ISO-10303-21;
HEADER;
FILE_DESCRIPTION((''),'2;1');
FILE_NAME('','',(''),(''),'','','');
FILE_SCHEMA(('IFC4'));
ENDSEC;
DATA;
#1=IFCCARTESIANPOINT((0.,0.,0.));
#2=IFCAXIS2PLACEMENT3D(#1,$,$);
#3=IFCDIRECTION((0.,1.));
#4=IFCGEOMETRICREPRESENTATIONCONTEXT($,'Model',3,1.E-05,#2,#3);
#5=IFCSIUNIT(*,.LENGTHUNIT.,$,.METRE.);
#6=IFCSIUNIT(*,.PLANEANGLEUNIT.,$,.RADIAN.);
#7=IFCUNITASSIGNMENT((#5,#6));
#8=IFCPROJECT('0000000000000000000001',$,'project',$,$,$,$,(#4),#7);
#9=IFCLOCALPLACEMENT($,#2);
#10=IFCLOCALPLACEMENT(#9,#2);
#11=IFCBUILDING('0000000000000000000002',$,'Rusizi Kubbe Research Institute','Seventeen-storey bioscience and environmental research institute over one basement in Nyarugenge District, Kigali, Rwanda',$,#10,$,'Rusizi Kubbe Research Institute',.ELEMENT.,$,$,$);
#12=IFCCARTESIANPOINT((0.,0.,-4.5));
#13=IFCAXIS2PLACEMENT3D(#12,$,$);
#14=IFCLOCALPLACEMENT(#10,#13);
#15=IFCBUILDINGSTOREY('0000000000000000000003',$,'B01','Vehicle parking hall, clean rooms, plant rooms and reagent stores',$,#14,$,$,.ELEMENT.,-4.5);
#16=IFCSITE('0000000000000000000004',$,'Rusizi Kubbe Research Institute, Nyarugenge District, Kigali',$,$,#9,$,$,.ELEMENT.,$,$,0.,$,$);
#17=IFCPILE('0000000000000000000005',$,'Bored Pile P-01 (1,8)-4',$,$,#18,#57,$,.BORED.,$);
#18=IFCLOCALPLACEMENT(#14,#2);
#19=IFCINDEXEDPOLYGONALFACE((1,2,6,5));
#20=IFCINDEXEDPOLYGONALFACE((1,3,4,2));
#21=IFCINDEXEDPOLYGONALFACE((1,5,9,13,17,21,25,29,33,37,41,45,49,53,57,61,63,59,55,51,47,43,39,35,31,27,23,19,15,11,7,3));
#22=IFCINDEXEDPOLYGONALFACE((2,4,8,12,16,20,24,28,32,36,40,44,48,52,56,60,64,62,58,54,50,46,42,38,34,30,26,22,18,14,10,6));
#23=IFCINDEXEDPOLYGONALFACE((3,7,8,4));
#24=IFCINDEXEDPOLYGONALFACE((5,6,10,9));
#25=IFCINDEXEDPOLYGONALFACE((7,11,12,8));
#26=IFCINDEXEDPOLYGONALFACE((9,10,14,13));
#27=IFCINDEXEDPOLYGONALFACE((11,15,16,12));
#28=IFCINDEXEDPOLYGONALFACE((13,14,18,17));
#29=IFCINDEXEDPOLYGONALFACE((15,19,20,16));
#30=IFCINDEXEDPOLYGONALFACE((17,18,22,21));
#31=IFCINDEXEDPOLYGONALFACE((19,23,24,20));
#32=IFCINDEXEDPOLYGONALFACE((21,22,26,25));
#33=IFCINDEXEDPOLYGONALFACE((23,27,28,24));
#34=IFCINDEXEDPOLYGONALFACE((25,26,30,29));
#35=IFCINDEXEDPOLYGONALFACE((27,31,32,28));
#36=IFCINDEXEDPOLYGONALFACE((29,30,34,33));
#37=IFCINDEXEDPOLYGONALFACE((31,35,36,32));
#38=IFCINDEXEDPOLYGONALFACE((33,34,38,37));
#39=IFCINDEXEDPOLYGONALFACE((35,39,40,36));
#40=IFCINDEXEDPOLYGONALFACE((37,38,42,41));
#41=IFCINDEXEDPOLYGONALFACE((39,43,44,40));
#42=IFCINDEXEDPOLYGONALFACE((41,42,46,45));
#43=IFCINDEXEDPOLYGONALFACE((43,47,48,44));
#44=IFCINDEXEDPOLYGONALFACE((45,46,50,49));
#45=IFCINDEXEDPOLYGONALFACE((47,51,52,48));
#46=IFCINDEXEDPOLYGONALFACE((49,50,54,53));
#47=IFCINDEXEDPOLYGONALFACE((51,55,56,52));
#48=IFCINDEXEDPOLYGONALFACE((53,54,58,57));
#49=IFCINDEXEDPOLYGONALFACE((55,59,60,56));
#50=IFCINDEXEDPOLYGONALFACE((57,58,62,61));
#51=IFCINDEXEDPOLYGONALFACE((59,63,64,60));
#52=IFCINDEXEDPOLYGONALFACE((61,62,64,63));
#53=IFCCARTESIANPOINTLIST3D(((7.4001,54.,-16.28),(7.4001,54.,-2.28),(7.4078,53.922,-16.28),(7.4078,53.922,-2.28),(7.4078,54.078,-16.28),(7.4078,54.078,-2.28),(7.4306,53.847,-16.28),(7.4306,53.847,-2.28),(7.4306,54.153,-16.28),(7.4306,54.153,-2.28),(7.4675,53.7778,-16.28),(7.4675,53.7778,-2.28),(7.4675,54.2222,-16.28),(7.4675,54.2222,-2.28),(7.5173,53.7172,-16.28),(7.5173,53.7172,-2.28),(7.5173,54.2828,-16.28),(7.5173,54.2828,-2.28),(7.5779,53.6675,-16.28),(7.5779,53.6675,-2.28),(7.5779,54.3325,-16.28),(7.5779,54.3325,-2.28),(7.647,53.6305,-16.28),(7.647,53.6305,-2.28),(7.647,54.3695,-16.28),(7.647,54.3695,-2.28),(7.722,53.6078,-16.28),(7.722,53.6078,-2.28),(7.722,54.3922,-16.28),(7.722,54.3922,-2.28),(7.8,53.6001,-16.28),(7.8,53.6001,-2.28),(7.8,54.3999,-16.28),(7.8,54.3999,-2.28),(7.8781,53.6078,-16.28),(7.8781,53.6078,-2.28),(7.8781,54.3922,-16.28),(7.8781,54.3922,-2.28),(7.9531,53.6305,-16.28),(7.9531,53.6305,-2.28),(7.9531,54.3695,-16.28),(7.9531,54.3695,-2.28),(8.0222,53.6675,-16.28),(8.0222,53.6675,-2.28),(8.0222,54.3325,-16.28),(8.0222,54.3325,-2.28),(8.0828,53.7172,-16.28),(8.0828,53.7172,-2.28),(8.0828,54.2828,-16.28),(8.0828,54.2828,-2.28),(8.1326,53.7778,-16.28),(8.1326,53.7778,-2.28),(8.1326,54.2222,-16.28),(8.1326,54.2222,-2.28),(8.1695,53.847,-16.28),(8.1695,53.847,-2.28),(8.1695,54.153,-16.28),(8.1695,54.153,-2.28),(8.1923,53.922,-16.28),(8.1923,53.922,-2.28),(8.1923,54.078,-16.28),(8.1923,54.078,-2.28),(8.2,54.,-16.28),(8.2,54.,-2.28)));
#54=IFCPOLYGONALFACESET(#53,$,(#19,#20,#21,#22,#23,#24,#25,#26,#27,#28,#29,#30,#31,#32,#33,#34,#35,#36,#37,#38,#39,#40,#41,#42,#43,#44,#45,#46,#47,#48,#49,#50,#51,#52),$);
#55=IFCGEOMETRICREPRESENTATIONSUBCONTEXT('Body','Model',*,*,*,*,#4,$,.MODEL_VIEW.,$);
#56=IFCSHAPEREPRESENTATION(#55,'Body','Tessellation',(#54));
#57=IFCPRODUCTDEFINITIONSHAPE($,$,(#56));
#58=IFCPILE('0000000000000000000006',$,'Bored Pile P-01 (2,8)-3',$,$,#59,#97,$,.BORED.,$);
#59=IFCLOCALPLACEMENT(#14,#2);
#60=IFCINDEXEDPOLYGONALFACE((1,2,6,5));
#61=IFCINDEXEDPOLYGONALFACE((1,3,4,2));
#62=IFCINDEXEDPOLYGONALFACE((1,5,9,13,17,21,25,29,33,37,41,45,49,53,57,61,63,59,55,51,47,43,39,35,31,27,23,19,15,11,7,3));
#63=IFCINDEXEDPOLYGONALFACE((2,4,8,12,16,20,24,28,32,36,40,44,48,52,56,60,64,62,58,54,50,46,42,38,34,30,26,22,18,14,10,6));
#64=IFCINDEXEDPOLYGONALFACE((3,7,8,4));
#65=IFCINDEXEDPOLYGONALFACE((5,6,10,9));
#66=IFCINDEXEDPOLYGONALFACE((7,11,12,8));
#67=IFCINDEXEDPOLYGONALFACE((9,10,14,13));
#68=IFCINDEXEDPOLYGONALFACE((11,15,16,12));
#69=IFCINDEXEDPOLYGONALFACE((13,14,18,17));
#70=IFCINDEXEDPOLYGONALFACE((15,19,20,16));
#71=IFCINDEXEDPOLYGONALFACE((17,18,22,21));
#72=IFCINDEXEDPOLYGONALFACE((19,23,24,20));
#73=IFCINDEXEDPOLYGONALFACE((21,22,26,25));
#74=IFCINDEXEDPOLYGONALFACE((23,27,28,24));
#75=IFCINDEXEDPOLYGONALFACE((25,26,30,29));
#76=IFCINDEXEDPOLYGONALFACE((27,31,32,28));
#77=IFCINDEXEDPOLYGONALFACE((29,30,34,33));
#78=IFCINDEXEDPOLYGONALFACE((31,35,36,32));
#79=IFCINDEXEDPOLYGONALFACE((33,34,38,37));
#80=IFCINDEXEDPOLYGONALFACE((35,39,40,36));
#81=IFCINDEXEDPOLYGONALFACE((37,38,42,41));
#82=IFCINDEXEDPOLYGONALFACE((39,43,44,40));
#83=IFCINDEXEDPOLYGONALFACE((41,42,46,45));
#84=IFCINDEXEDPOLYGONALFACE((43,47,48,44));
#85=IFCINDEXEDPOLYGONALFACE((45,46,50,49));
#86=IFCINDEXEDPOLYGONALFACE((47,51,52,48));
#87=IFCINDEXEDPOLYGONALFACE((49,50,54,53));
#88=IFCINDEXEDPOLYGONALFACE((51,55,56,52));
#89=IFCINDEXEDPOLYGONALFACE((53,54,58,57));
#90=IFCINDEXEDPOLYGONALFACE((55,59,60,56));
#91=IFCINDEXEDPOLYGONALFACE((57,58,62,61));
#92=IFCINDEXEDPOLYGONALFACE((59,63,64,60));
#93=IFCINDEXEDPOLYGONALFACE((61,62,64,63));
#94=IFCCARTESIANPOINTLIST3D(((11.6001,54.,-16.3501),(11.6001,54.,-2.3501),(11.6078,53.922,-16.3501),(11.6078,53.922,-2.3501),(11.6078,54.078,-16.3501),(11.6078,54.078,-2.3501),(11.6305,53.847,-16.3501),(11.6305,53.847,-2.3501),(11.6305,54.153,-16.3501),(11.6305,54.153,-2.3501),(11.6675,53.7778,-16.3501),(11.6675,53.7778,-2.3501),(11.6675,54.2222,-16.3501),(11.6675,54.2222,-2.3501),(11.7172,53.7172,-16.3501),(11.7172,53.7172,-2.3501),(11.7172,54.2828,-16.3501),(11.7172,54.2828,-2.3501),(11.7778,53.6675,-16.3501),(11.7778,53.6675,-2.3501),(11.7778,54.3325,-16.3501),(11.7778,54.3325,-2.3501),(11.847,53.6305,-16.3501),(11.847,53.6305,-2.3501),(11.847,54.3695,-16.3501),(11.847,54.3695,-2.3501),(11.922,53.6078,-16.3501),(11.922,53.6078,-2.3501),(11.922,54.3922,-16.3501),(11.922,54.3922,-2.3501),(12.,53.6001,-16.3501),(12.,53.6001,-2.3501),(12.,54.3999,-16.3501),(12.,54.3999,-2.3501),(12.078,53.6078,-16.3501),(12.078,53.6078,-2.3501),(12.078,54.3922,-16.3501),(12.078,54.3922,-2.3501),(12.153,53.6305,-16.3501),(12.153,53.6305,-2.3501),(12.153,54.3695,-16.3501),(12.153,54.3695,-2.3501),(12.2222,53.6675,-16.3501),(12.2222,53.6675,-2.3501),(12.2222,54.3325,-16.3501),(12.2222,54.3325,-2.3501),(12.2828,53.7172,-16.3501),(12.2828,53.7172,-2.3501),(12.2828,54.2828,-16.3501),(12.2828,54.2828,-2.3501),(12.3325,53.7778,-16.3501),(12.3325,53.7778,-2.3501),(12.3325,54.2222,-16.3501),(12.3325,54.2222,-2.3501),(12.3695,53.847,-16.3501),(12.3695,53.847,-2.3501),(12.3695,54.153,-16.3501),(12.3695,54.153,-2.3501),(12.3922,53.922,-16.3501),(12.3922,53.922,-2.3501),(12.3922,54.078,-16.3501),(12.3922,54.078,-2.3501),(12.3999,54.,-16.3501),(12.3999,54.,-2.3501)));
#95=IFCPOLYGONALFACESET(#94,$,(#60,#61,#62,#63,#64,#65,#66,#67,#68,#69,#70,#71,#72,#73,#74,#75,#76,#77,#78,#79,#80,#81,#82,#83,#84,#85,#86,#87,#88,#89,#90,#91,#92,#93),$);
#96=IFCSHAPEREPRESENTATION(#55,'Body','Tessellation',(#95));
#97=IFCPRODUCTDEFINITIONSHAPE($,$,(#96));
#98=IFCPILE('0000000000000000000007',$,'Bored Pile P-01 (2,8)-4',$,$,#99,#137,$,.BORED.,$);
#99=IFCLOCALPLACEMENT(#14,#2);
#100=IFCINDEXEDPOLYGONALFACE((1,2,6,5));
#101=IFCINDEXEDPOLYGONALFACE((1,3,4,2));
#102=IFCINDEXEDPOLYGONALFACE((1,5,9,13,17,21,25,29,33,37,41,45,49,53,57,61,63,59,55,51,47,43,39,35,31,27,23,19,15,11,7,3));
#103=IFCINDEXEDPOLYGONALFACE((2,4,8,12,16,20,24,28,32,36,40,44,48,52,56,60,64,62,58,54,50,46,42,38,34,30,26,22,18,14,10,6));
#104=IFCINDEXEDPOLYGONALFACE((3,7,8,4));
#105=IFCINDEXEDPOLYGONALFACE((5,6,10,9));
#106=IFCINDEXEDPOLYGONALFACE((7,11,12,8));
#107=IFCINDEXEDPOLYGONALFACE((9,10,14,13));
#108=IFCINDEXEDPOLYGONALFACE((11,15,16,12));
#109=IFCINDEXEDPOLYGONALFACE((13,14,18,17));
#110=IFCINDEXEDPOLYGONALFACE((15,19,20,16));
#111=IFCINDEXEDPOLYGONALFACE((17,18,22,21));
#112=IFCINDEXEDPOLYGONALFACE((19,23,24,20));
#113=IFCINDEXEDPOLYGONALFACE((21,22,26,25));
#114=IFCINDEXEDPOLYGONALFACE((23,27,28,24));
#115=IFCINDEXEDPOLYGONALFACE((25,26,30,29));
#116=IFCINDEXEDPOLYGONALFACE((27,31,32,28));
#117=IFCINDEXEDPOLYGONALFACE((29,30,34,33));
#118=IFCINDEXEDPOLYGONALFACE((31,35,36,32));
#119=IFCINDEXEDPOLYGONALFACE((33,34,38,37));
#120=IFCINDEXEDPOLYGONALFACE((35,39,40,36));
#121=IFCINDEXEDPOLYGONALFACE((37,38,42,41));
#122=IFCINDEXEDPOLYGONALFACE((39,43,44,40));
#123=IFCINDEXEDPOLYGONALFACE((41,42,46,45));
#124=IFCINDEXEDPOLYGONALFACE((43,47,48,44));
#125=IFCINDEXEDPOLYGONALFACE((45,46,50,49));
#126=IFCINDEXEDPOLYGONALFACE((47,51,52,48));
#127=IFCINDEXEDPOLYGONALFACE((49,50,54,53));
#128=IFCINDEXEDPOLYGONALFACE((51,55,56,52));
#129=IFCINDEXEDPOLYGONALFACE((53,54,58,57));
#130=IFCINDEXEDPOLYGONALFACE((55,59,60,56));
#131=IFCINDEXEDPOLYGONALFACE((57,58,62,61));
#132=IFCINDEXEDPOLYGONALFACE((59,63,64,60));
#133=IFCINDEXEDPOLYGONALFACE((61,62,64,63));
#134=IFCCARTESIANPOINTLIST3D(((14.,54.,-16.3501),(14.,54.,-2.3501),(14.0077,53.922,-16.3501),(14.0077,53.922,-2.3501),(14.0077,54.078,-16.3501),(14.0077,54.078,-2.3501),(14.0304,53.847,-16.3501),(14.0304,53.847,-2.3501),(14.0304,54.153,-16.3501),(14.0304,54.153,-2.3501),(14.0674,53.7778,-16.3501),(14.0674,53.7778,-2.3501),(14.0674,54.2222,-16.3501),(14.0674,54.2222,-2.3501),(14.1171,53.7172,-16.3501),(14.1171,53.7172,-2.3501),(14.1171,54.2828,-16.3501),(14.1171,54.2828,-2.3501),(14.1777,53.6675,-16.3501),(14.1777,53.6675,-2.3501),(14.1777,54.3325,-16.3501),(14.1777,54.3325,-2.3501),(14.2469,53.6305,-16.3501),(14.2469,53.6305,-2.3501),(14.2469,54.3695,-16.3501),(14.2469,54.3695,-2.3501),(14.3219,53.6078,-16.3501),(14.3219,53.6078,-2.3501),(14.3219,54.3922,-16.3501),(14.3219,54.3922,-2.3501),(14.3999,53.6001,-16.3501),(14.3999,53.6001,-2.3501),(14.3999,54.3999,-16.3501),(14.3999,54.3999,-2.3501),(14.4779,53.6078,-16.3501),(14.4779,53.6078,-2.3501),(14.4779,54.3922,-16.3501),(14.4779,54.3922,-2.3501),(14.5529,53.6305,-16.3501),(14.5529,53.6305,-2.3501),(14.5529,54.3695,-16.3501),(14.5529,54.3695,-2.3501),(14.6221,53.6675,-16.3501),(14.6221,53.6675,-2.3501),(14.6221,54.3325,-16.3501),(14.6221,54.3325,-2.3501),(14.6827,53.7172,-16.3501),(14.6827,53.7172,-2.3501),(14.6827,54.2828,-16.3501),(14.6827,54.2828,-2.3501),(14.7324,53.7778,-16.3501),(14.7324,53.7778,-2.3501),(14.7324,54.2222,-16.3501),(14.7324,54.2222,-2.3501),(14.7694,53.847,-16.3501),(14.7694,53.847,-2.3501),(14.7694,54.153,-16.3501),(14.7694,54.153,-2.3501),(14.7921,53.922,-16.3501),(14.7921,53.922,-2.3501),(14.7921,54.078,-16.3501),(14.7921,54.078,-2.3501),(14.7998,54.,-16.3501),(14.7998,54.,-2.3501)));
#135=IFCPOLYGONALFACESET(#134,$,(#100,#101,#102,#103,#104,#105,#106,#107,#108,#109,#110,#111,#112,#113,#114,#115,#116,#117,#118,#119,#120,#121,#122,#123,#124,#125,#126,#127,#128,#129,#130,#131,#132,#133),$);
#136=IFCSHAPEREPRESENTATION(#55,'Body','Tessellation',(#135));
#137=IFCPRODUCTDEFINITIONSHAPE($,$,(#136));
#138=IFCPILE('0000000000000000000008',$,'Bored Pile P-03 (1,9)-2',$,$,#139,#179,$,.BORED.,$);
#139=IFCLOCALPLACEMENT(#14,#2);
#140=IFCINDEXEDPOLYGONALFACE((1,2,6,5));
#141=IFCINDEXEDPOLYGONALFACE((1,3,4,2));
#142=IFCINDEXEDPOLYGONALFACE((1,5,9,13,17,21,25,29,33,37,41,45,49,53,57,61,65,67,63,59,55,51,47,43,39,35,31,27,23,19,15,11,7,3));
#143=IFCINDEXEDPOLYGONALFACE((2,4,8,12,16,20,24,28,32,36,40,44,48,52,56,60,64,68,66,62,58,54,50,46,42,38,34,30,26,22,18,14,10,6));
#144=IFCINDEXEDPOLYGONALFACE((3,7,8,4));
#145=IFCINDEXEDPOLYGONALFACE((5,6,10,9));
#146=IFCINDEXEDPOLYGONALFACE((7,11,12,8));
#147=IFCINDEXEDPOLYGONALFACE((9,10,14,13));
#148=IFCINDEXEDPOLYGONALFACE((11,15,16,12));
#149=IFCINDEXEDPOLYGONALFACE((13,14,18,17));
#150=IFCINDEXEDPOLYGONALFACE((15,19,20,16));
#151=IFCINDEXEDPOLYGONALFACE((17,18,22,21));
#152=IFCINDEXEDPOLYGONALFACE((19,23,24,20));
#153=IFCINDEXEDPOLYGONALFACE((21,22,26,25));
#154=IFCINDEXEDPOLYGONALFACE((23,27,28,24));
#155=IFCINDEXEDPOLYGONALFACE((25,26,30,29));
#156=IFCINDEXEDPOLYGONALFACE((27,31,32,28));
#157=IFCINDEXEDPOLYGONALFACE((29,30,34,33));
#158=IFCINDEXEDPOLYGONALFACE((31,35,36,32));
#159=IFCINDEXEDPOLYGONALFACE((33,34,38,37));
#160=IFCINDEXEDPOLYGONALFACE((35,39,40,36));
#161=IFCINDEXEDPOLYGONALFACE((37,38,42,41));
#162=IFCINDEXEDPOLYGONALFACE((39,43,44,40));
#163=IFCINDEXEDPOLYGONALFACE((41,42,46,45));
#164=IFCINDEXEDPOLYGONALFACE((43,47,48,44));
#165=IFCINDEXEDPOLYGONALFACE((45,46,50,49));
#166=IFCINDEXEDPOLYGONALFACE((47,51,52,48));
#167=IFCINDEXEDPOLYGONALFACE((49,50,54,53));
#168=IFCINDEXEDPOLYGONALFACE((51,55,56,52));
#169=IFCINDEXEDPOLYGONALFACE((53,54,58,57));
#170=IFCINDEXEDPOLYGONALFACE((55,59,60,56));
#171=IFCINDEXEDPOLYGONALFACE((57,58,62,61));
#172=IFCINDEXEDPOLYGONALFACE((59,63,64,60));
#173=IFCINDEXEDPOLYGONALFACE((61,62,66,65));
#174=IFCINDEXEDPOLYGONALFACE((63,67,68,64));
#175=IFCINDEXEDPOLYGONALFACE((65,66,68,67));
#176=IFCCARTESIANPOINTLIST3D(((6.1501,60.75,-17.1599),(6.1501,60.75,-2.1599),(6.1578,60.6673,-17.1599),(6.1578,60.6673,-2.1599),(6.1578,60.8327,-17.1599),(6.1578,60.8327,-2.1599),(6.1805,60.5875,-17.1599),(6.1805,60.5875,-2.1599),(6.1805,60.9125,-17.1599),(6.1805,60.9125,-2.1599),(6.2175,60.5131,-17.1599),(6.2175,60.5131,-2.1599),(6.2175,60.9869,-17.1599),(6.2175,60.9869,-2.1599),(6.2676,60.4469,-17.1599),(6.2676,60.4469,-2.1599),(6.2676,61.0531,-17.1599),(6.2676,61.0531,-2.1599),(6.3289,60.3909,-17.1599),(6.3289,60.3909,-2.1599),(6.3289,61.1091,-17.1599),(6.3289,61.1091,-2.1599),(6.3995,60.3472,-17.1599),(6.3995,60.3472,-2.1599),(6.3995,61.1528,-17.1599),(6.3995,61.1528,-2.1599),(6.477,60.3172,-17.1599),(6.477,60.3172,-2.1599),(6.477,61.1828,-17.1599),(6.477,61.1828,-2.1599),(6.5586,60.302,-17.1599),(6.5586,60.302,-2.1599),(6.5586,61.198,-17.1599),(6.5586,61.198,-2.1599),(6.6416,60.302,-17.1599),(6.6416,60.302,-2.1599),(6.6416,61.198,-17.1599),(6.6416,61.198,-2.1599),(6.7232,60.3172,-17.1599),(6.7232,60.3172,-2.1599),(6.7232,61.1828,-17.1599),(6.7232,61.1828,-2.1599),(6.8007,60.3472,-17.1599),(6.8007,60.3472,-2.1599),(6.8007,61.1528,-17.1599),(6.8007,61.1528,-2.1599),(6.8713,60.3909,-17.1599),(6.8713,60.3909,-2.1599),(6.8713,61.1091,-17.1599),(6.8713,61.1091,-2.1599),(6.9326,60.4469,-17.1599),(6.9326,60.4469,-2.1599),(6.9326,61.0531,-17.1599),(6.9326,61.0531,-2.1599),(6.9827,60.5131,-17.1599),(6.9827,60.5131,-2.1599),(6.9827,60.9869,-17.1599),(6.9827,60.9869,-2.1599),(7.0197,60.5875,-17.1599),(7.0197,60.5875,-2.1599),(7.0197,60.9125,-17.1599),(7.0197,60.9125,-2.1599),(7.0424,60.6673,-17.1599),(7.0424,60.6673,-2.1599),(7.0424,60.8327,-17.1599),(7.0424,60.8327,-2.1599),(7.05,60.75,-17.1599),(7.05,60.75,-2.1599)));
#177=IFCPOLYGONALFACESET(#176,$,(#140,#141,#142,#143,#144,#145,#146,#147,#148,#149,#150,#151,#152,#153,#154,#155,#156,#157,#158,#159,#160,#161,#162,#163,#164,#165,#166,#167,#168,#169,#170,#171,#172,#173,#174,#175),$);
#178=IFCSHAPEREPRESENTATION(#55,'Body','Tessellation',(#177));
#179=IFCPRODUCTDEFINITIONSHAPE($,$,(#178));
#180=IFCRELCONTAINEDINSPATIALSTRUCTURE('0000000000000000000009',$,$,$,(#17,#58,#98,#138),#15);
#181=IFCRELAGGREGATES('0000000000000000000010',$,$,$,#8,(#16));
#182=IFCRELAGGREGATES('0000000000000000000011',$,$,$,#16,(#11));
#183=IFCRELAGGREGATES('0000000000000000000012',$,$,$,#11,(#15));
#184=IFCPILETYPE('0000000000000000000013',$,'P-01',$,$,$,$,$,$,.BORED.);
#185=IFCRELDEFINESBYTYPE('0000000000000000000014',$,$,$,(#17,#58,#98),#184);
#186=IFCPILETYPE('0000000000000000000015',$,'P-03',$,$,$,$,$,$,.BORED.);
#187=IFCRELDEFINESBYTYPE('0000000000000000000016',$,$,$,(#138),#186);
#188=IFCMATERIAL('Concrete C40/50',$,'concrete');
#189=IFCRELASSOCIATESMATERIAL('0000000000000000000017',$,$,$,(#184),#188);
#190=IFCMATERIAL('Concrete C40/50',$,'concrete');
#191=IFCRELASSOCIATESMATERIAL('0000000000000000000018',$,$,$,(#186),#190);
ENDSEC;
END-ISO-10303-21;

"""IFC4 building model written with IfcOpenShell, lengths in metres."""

from ifc_helpers import new_model, si_unit, direction, frame, origin, origin_2d, place, context, subcontext, project, spatial, circle, extrude, material, material_profile, profile_set, type_object, element, save


model = new_model("IFC4")

# Units and contexts
model_context = context("Model", 3, precision=1e-05, world=origin(), true_north=direction((0.0, 1.0)))
body_context = subcontext(model_context, "Body", "Model", "MODEL_VIEW")
ifc_project = project(units=[si_unit("LENGTHUNIT", "METRE"), si_unit("PLANEANGLEUNIT", "RADIAN")], contexts=[model_context])

# Site, building, storey
site_placement = place(None, origin())
site = spatial("IfcSite", under=ifc_project, at=site_placement, Name="Rusizi Kubbe Research Institute, Nyarugenge District, Kigali", CompositionType="ELEMENT", RefElevation=0.0)
building_placement = place(site_placement, origin())
building = spatial("IfcBuilding", under=site, at=building_placement, Name="Rusizi Kubbe Research Institute", Description="Seventeen-storey bioscience and environmental research institute over one basement in Nyarugenge District, Kigali, Rwanda", LongName="Rusizi Kubbe Research Institute", CompositionType="ELEMENT")
storey_placement = place(building_placement, frame((0.0, 0.0, -4.5)))
storey = spatial("IfcBuildingStorey", under=building, at=storey_placement, Name="B01", Description="Vehicle parking hall, clean rooms, plant rooms and reagent stores", CompositionType="ELEMENT", Elevation=-4.5)

# Piles
ifc_material_1 = material(Name="Concrete C40/50", Category="concrete")
ifc_material_profile_1 = material_profile(ifc_material_1, circle(Radius=0.3999, at=origin_2d()), Name="PILE-D800")
ifc_profile_set_1 = profile_set([ifc_material_profile_1], Name="Concrete C40/50")
pile_type_1 = type_object("IfcPileType", Name="P-01", PredefinedType="BORED", material=ifc_profile_set_1)
for number, where, z_axis, x_axis, name in (
    (1, (7.8, 54.0, -2.28), (0.0, 0.0, -1.0), (1.0, 0.0, 0.0), "Bored Pile P-01 (1,8)-4"),
    (2, (12.0, 54.0, -2.3501), (0.0, 0.0, -1.0), (1.0, 0.0, 0.0), "Bored Pile P-01 (2,8)-3"),
    (3, (14.3999, 54.0, -2.3501), (0.0, 0.0, -1.0), (1.0, 0.0, 0.0), "Bored Pile P-01 (2,8)-4"),
):
    element("IfcPile", number, at=place(storey_placement, frame(where, z_axis=z_axis, x_axis=x_axis)), inside=storey, type_object=pile_type_1, Name=name, PredefinedType="BORED", context=body_context, shape_type="SweptSolid", body=[
        extrude(circle(Radius=0.3999, at=origin_2d()), origin(), (0.0, 0.0, 1.0), 14.0),
    ])
ifc_material_2 = material(Name="Concrete C40/50", Category="concrete")
ifc_material_profile_2 = material_profile(ifc_material_2, circle(Radius=0.45, at=origin_2d()), Name="PILE-D900")
ifc_profile_set_2 = profile_set([ifc_material_profile_2], Name="Concrete C40/50")
pile_type_2 = type_object("IfcPileType", Name="P-03", PredefinedType="BORED", material=ifc_profile_set_2)
for number, where, z_axis, x_axis, name in (
    (4, (6.6001, 60.75, -2.1599), (0.0, 0.0, -1.0), (1.0, 0.0, 0.0), "Bored Pile P-03 (1,9)-2"),
):
    element("IfcPile", number, at=place(storey_placement, frame(where, z_axis=z_axis, x_axis=x_axis)), inside=storey, type_object=pile_type_2, Name=name, PredefinedType="BORED", context=body_context, shape_type="SweptSolid", body=[
        extrude(circle(Radius=0.45, at=origin_2d()), origin(), (0.0, 0.0, 1.0), 15.0),
    ])

save(model, "model.ifc")
